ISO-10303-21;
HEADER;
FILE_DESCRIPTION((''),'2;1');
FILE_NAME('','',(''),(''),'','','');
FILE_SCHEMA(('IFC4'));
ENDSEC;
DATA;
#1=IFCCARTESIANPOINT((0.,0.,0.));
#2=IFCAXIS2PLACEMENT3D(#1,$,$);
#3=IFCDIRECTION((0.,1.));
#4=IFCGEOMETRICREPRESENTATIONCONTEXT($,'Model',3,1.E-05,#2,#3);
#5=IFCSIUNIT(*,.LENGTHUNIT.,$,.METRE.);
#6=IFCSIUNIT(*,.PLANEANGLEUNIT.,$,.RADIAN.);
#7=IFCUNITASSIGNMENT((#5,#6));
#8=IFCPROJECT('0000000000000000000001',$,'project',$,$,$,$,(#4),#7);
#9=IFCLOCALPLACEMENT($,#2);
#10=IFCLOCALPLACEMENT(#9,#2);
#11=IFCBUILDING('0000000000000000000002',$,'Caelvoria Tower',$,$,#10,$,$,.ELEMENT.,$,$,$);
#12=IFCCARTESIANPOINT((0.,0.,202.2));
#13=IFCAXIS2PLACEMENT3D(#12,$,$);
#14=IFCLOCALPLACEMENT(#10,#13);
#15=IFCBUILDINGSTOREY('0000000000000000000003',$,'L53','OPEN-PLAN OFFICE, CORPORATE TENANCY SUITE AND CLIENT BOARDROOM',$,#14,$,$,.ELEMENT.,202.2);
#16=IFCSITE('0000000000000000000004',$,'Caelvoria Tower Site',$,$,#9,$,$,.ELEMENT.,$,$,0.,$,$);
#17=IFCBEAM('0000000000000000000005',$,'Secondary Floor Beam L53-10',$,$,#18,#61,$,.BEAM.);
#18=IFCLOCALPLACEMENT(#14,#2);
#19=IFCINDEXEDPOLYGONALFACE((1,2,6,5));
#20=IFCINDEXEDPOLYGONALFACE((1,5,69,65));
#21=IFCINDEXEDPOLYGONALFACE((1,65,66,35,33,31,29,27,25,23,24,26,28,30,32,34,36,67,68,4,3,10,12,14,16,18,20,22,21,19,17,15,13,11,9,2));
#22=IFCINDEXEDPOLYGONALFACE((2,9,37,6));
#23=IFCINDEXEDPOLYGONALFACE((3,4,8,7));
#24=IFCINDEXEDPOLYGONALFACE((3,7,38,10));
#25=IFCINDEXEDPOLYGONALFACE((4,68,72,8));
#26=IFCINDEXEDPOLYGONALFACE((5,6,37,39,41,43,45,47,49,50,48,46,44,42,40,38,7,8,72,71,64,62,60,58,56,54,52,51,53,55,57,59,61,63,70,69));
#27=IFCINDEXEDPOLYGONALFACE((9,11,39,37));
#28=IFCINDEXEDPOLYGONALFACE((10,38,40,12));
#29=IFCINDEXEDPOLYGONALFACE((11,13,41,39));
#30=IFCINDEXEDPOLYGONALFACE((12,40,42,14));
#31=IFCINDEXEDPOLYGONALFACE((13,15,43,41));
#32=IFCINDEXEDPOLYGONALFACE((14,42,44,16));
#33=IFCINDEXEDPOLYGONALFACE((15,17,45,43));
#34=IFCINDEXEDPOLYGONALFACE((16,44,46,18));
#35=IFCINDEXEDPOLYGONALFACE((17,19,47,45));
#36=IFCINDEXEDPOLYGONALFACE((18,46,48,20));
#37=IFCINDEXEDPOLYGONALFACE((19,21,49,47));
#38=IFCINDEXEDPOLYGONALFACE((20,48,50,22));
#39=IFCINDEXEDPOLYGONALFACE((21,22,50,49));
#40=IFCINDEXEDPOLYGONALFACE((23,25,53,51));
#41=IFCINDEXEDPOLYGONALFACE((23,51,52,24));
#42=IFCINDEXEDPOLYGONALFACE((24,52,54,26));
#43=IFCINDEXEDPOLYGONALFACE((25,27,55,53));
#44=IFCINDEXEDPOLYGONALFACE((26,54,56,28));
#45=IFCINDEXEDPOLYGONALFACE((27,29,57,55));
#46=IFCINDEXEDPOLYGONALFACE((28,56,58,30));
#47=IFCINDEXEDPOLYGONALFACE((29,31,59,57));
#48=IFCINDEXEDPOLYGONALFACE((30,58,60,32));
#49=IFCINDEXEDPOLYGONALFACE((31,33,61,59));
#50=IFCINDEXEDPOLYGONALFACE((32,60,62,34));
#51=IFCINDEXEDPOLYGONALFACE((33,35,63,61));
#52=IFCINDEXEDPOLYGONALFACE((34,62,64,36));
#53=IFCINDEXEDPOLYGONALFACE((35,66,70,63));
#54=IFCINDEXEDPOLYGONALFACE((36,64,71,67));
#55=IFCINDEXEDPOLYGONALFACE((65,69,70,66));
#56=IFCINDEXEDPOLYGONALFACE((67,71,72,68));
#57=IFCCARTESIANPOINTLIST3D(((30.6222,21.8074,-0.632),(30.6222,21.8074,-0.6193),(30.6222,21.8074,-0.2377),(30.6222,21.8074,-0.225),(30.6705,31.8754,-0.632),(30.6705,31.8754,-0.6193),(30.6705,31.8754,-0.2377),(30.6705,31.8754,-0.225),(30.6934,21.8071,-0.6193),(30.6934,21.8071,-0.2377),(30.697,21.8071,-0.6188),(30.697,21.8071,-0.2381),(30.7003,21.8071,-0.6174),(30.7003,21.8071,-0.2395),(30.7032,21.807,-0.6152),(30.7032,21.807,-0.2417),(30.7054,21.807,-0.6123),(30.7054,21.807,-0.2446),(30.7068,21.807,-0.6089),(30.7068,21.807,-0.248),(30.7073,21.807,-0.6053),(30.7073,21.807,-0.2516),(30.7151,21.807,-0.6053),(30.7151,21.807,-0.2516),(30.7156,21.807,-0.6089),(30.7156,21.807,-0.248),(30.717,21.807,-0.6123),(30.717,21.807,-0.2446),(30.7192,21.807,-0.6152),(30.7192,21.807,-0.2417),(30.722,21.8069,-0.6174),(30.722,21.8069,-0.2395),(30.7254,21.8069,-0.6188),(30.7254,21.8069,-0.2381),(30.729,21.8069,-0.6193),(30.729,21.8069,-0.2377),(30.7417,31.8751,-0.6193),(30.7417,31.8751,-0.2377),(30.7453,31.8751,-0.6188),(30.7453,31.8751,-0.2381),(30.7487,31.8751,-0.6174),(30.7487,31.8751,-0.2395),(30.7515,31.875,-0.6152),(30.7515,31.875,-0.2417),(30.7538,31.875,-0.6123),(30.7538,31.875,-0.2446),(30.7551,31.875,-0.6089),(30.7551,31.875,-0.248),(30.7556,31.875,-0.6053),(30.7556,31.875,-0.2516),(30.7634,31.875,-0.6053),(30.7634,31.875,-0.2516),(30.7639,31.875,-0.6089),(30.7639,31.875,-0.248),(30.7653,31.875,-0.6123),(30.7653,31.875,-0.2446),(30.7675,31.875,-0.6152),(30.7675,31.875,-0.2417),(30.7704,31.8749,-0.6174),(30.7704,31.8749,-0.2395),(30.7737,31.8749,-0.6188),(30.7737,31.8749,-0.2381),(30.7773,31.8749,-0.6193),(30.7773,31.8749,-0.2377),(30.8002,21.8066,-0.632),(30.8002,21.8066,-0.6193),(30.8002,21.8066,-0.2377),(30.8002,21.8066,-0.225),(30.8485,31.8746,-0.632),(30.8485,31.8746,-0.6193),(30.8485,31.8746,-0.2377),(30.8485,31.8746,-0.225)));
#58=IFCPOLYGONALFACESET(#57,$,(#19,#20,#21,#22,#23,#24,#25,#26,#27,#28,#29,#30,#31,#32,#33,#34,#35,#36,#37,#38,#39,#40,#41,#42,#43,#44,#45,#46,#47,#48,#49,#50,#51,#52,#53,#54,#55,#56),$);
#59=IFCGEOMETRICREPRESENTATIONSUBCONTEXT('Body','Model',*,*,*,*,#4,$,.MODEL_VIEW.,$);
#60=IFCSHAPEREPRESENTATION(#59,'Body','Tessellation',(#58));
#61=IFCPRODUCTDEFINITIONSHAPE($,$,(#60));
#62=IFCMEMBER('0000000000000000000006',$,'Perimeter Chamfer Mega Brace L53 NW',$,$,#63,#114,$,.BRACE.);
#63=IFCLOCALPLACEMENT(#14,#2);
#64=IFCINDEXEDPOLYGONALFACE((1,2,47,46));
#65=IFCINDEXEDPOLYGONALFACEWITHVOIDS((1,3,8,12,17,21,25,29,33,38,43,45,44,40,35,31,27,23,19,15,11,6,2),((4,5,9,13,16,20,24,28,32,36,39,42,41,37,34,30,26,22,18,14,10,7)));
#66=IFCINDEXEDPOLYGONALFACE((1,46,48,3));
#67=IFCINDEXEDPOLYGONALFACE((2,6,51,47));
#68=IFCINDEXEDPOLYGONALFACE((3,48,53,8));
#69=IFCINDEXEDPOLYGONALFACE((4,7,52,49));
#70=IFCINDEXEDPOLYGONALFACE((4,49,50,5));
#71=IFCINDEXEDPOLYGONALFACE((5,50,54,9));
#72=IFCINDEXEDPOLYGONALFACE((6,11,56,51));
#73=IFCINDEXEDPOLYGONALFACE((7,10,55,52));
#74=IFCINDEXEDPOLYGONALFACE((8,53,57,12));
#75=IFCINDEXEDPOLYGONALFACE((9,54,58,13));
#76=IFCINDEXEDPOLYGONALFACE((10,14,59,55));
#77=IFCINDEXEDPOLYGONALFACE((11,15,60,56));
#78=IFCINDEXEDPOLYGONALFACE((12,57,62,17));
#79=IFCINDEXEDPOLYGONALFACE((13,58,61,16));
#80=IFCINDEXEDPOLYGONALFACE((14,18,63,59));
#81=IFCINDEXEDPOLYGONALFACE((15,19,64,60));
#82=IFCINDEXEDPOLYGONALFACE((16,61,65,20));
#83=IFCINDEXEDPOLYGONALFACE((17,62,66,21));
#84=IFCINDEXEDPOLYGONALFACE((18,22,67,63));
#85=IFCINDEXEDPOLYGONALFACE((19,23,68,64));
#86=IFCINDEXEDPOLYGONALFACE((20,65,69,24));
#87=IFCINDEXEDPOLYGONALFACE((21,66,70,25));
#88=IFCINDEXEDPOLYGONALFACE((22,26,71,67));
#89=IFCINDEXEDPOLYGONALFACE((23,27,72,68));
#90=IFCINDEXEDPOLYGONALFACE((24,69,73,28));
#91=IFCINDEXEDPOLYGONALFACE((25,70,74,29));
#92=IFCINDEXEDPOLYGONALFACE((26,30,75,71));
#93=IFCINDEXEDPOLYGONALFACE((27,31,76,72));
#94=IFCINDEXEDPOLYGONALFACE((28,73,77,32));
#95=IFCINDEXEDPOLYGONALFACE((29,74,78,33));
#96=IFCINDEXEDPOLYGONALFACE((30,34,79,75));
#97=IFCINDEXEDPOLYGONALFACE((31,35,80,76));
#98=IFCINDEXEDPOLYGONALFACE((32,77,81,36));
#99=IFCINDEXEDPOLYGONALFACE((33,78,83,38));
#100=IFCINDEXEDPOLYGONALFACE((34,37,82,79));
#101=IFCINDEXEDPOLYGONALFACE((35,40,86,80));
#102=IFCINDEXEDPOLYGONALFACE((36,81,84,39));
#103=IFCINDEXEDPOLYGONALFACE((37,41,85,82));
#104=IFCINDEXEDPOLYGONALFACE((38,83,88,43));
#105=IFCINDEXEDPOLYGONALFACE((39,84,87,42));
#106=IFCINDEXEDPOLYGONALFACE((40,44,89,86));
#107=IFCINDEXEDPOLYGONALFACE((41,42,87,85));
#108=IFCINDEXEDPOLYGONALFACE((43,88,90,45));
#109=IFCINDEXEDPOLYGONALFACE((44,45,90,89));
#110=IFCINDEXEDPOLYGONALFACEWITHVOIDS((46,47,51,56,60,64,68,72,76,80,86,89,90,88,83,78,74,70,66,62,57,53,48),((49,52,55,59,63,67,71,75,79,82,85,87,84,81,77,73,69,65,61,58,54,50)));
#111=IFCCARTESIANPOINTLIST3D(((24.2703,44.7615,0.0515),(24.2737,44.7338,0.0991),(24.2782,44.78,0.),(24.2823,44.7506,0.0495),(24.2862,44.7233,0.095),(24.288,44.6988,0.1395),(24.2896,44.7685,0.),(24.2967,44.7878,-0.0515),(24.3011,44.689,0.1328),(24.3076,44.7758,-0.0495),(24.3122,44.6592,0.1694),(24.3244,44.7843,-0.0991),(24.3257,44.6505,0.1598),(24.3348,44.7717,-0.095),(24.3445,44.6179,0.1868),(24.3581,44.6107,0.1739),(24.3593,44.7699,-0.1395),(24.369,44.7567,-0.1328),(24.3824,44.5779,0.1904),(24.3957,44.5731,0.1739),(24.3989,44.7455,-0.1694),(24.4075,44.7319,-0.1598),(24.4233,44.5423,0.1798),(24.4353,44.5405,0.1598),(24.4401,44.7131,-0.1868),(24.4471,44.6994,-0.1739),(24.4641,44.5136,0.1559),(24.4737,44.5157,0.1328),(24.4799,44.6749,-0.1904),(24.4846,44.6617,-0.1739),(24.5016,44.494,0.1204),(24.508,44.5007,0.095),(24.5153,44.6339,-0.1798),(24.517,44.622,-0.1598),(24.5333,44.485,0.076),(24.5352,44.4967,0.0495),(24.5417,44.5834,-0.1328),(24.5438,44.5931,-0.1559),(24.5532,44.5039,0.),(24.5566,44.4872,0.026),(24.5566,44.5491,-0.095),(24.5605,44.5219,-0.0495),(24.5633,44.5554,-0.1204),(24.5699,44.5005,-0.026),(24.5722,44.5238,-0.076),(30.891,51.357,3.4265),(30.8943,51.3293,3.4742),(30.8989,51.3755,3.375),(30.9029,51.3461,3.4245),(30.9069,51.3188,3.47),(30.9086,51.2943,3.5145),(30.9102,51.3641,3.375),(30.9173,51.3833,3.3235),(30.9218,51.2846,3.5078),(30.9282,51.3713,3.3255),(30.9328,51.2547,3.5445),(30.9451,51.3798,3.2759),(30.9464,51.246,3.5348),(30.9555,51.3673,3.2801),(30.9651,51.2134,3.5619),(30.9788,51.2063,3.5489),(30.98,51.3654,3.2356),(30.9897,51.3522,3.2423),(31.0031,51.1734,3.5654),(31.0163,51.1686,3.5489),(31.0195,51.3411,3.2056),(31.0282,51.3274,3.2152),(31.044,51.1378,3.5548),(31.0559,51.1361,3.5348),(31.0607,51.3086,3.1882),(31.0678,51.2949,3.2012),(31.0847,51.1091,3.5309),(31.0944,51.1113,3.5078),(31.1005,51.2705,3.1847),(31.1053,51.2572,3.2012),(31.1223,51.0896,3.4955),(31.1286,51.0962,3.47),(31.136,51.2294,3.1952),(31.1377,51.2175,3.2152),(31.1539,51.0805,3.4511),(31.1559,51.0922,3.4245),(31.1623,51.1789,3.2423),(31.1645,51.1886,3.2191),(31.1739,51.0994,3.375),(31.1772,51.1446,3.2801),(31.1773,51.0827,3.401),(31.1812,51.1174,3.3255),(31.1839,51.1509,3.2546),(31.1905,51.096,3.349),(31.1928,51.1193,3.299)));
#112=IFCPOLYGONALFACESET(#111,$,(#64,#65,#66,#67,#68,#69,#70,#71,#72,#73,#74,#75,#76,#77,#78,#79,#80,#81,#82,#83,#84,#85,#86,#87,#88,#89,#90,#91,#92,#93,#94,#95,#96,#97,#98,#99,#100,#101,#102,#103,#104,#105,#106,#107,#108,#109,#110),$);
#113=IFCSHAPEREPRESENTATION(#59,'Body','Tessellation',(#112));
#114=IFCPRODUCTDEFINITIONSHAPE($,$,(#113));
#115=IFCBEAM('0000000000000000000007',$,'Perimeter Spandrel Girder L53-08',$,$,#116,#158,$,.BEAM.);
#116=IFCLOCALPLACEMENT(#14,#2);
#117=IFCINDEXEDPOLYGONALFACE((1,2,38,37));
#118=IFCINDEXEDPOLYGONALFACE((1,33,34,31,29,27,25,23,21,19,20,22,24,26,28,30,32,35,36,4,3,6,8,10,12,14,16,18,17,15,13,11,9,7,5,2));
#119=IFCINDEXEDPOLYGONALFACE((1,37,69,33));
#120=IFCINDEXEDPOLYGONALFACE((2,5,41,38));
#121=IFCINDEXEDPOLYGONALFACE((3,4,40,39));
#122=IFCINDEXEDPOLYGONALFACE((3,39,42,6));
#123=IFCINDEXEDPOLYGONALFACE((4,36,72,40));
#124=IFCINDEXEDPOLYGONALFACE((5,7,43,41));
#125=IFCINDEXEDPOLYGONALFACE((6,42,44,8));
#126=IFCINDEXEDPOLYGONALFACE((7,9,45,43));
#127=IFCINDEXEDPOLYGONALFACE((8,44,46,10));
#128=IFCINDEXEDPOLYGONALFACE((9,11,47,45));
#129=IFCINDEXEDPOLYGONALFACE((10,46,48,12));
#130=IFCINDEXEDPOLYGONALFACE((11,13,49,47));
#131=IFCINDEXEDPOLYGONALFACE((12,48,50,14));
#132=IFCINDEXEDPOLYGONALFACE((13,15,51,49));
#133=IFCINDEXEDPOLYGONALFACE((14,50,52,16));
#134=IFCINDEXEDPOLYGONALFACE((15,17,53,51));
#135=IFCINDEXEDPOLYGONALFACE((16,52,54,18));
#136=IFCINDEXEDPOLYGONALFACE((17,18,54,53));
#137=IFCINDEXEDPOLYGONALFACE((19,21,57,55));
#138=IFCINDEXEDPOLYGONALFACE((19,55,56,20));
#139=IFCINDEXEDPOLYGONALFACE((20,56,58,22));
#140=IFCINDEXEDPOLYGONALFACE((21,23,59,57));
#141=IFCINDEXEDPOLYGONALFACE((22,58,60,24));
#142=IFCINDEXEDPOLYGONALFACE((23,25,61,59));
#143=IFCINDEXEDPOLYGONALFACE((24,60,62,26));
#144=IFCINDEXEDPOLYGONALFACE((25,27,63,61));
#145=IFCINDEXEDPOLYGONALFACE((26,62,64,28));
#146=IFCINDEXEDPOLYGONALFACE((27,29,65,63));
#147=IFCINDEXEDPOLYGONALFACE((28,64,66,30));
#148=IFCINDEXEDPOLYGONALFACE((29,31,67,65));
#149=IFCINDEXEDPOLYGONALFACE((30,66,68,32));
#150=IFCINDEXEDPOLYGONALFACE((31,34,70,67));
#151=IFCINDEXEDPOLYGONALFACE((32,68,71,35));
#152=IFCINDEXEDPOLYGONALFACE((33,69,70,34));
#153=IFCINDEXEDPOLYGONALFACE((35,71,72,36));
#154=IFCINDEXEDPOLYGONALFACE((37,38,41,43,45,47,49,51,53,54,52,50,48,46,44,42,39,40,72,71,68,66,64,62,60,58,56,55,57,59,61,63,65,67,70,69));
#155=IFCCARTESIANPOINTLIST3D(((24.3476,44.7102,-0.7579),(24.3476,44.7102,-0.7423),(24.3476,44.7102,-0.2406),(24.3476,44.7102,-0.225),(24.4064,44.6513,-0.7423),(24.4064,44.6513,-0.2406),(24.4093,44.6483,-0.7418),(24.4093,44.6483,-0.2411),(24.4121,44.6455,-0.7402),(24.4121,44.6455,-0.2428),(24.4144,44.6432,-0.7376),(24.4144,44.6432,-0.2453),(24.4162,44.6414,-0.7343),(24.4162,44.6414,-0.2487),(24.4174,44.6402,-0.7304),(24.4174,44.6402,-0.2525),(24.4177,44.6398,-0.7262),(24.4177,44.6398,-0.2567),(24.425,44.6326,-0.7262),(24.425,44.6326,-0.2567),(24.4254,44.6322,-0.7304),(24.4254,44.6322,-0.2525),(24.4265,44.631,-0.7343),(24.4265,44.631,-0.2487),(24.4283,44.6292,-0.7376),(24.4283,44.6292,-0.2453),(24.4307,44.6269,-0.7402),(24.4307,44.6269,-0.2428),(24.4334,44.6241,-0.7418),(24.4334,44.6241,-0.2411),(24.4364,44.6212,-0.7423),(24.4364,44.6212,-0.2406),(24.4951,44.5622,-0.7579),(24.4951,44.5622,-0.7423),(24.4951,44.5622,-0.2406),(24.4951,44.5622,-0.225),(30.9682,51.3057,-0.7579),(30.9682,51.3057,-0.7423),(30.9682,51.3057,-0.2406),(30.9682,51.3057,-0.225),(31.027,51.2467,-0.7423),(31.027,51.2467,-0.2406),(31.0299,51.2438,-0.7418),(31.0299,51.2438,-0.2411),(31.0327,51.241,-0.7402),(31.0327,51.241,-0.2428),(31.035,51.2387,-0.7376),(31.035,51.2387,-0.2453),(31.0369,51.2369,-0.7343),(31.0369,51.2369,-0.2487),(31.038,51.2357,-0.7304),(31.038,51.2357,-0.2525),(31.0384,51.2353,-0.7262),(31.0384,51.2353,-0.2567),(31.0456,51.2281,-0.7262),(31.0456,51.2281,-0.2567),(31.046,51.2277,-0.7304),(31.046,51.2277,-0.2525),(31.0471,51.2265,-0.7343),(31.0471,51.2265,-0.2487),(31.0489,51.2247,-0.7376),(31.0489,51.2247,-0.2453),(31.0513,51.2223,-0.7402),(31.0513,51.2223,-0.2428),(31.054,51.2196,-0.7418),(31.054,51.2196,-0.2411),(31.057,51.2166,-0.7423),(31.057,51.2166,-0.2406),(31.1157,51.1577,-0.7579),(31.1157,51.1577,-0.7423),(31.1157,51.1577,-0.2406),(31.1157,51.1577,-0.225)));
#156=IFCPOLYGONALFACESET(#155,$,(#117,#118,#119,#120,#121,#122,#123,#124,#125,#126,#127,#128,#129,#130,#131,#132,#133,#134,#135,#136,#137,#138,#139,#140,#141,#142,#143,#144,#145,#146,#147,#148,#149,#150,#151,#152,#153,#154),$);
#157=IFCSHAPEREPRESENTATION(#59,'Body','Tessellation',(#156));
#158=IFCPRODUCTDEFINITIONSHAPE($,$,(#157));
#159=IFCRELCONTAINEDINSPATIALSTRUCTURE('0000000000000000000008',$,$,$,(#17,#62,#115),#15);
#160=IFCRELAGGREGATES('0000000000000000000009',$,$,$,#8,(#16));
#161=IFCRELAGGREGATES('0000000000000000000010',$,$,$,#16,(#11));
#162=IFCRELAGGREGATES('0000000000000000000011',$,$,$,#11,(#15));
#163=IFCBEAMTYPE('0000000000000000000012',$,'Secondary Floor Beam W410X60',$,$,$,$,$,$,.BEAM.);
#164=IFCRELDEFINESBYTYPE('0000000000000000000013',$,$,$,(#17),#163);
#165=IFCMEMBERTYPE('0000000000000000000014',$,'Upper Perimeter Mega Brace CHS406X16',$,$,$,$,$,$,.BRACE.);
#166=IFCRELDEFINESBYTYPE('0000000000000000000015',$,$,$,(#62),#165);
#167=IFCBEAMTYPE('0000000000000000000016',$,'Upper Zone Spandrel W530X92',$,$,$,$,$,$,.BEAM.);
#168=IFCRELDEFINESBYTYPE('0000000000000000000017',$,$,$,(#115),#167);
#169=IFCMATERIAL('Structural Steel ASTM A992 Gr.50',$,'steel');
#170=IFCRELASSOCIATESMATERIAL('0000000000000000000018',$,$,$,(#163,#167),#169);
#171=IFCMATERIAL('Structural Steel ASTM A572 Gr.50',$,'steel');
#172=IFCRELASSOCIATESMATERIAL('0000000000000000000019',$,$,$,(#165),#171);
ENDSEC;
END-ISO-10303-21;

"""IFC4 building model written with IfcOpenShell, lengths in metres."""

from ifc_helpers import new_model, si_unit, direction, frame, origin, origin_2d, place, context, subcontext, project, spatial, hollow_circle, i_section, extrude, material, material_profile, profile_set, type_object, element, save


model = new_model("IFC4")

# Units and contexts
model_context = context("Model", 3, precision=1e-05, world=origin(), true_north=direction((0.0, 1.0)))
body_context = subcontext(model_context, "Body", "Model", "MODEL_VIEW")
ifc_project = project(units=[si_unit("LENGTHUNIT", "METRE"), si_unit("PLANEANGLEUNIT", "RADIAN")], contexts=[model_context])

# Site, building, storey
site_placement = place(None, origin())
site = spatial("IfcSite", under=ifc_project, at=site_placement, Name="Caelvoria Tower Site", CompositionType="ELEMENT", RefElevation=0.0)
building_placement = place(site_placement, origin())
building = spatial("IfcBuilding", under=site, at=building_placement, Name="Caelvoria Tower", CompositionType="ELEMENT")
storey_placement = place(building_placement, frame((0.0, 0.0, 202.2)))
storey = spatial("IfcBuildingStorey", under=building, at=storey_placement, Name="L53", Description="OPEN-PLAN OFFICE, CORPORATE TENANCY SUITE AND CLIENT BOARDROOM", CompositionType="ELEMENT", Elevation=202.2)

# Shared definitions
ifc_material_1 = material(Name="Structural Steel ASTM A572 Gr.50", Category="steel")
ifc_material_2 = material(Name="Structural Steel ASTM A992 Gr.50", Category="steel")

# Beam
ifc_material_profile_1 = material_profile(ifc_material_2, i_section(OverallWidth=0.178, OverallDepth=0.407, WebThickness=0.0078, FlangeThickness=0.0127, FilletRadius=0.0139, at=origin_2d()), Name="Structural Steel ASTM A992 Gr.50")
ifc_profile_set_1 = profile_set([ifc_material_profile_1], Name="W410X60 - Structural Steel ASTM A992 Gr.50")
beam_type_1 = type_object("IfcBeamType", Name="Secondary Floor Beam W410X60", PredefinedType="BEAM", material=ifc_profile_set_1)
for number, where, z_axis, x_axis, name in (
    (1, (30.7595, 31.875, -0.4285), (-0.004801, -0.999988, 0.0), (0.999988, -0.004801, 0.0), "Secondary Floor Beam L53-10"),
):
    element("IfcBeam", number, at=place(storey_placement, frame(where, z_axis=z_axis, x_axis=x_axis)), inside=storey, type_object=beam_type_1, Name=name, PredefinedType="BEAM", context=body_context, shape_type="SweptSolid", body=[
        extrude(i_section(OverallWidth=0.178, OverallDepth=0.407, WebThickness=0.0078, FlangeThickness=0.0127, FilletRadius=0.0139, at=origin_2d()), origin(), (0.0, 0.0, 1.0), 10.0681),
    ])

# Member
ifc_material_profile_2 = material_profile(ifc_material_1, hollow_circle(Radius=0.2029, WallThickness=0.0161, at=origin_2d()), Name="Structural Steel ASTM A572 Gr.50")
ifc_profile_set_2 = profile_set([ifc_material_profile_2], Name="CHS406X16 - Structural Steel ASTM A572 Gr.50")
member_type = type_object("IfcMemberType", Name="Upper Perimeter Mega Brace CHS406X16", PredefinedType="BRACE", material=ifc_profile_set_2)
member_placement = place(storey_placement, frame((24.4214, 44.6362, 0.0), z_axis=(0.666328, 0.663797, 0.339676), x_axis=(-0.70576, 0.708451, 0.0)))
element("IfcMember", 2, at=member_placement, inside=storey, type_object=member_type, Name="Perimeter Chamfer Mega Brace L53 NW", PredefinedType="BRACE", context=body_context, shape_type="SweptSolid", body=[
    extrude(hollow_circle(Radius=0.2029, WallThickness=0.0161, at=origin_2d()), origin(), (0.0, 0.0, 1.0), 9.936),
])

# Beam
ifc_material_profile_3 = material_profile(ifc_material_2, i_section(OverallWidth=0.209, OverallDepth=0.533, WebThickness=0.0103, FlangeThickness=0.0156, FilletRadius=0.0161, at=origin_2d()), Name="Structural Steel ASTM A992 Gr.50")
ifc_profile_set_3 = profile_set([ifc_material_profile_3], Name="W530X92 - Structural Steel ASTM A992 Gr.50")
beam_type_2 = type_object("IfcBeamType", Name="Upper Zone Spandrel W530X92", PredefinedType="BEAM", material=ifc_profile_set_3)
beam_1_placement = place(storey_placement, frame((31.042, 51.2317, -0.4915), z_axis=(-0.708451, -0.70576, 0.0), x_axis=(0.70576, -0.708451, 0.0)))
element("IfcBeam", 3, at=beam_1_placement, inside=storey, type_object=beam_type_2, Name="Perimeter Spandrel Girder L53-08", PredefinedType="BEAM", context=body_context, shape_type="SweptSolid", body=[
    extrude(i_section(OverallWidth=0.209, OverallDepth=0.533, WebThickness=0.0103, FlangeThickness=0.0156, FilletRadius=0.0161, at=origin_2d()), origin(), (0.0, 0.0, 1.0), 9.3452),
])

save(model, "model.ifc")
